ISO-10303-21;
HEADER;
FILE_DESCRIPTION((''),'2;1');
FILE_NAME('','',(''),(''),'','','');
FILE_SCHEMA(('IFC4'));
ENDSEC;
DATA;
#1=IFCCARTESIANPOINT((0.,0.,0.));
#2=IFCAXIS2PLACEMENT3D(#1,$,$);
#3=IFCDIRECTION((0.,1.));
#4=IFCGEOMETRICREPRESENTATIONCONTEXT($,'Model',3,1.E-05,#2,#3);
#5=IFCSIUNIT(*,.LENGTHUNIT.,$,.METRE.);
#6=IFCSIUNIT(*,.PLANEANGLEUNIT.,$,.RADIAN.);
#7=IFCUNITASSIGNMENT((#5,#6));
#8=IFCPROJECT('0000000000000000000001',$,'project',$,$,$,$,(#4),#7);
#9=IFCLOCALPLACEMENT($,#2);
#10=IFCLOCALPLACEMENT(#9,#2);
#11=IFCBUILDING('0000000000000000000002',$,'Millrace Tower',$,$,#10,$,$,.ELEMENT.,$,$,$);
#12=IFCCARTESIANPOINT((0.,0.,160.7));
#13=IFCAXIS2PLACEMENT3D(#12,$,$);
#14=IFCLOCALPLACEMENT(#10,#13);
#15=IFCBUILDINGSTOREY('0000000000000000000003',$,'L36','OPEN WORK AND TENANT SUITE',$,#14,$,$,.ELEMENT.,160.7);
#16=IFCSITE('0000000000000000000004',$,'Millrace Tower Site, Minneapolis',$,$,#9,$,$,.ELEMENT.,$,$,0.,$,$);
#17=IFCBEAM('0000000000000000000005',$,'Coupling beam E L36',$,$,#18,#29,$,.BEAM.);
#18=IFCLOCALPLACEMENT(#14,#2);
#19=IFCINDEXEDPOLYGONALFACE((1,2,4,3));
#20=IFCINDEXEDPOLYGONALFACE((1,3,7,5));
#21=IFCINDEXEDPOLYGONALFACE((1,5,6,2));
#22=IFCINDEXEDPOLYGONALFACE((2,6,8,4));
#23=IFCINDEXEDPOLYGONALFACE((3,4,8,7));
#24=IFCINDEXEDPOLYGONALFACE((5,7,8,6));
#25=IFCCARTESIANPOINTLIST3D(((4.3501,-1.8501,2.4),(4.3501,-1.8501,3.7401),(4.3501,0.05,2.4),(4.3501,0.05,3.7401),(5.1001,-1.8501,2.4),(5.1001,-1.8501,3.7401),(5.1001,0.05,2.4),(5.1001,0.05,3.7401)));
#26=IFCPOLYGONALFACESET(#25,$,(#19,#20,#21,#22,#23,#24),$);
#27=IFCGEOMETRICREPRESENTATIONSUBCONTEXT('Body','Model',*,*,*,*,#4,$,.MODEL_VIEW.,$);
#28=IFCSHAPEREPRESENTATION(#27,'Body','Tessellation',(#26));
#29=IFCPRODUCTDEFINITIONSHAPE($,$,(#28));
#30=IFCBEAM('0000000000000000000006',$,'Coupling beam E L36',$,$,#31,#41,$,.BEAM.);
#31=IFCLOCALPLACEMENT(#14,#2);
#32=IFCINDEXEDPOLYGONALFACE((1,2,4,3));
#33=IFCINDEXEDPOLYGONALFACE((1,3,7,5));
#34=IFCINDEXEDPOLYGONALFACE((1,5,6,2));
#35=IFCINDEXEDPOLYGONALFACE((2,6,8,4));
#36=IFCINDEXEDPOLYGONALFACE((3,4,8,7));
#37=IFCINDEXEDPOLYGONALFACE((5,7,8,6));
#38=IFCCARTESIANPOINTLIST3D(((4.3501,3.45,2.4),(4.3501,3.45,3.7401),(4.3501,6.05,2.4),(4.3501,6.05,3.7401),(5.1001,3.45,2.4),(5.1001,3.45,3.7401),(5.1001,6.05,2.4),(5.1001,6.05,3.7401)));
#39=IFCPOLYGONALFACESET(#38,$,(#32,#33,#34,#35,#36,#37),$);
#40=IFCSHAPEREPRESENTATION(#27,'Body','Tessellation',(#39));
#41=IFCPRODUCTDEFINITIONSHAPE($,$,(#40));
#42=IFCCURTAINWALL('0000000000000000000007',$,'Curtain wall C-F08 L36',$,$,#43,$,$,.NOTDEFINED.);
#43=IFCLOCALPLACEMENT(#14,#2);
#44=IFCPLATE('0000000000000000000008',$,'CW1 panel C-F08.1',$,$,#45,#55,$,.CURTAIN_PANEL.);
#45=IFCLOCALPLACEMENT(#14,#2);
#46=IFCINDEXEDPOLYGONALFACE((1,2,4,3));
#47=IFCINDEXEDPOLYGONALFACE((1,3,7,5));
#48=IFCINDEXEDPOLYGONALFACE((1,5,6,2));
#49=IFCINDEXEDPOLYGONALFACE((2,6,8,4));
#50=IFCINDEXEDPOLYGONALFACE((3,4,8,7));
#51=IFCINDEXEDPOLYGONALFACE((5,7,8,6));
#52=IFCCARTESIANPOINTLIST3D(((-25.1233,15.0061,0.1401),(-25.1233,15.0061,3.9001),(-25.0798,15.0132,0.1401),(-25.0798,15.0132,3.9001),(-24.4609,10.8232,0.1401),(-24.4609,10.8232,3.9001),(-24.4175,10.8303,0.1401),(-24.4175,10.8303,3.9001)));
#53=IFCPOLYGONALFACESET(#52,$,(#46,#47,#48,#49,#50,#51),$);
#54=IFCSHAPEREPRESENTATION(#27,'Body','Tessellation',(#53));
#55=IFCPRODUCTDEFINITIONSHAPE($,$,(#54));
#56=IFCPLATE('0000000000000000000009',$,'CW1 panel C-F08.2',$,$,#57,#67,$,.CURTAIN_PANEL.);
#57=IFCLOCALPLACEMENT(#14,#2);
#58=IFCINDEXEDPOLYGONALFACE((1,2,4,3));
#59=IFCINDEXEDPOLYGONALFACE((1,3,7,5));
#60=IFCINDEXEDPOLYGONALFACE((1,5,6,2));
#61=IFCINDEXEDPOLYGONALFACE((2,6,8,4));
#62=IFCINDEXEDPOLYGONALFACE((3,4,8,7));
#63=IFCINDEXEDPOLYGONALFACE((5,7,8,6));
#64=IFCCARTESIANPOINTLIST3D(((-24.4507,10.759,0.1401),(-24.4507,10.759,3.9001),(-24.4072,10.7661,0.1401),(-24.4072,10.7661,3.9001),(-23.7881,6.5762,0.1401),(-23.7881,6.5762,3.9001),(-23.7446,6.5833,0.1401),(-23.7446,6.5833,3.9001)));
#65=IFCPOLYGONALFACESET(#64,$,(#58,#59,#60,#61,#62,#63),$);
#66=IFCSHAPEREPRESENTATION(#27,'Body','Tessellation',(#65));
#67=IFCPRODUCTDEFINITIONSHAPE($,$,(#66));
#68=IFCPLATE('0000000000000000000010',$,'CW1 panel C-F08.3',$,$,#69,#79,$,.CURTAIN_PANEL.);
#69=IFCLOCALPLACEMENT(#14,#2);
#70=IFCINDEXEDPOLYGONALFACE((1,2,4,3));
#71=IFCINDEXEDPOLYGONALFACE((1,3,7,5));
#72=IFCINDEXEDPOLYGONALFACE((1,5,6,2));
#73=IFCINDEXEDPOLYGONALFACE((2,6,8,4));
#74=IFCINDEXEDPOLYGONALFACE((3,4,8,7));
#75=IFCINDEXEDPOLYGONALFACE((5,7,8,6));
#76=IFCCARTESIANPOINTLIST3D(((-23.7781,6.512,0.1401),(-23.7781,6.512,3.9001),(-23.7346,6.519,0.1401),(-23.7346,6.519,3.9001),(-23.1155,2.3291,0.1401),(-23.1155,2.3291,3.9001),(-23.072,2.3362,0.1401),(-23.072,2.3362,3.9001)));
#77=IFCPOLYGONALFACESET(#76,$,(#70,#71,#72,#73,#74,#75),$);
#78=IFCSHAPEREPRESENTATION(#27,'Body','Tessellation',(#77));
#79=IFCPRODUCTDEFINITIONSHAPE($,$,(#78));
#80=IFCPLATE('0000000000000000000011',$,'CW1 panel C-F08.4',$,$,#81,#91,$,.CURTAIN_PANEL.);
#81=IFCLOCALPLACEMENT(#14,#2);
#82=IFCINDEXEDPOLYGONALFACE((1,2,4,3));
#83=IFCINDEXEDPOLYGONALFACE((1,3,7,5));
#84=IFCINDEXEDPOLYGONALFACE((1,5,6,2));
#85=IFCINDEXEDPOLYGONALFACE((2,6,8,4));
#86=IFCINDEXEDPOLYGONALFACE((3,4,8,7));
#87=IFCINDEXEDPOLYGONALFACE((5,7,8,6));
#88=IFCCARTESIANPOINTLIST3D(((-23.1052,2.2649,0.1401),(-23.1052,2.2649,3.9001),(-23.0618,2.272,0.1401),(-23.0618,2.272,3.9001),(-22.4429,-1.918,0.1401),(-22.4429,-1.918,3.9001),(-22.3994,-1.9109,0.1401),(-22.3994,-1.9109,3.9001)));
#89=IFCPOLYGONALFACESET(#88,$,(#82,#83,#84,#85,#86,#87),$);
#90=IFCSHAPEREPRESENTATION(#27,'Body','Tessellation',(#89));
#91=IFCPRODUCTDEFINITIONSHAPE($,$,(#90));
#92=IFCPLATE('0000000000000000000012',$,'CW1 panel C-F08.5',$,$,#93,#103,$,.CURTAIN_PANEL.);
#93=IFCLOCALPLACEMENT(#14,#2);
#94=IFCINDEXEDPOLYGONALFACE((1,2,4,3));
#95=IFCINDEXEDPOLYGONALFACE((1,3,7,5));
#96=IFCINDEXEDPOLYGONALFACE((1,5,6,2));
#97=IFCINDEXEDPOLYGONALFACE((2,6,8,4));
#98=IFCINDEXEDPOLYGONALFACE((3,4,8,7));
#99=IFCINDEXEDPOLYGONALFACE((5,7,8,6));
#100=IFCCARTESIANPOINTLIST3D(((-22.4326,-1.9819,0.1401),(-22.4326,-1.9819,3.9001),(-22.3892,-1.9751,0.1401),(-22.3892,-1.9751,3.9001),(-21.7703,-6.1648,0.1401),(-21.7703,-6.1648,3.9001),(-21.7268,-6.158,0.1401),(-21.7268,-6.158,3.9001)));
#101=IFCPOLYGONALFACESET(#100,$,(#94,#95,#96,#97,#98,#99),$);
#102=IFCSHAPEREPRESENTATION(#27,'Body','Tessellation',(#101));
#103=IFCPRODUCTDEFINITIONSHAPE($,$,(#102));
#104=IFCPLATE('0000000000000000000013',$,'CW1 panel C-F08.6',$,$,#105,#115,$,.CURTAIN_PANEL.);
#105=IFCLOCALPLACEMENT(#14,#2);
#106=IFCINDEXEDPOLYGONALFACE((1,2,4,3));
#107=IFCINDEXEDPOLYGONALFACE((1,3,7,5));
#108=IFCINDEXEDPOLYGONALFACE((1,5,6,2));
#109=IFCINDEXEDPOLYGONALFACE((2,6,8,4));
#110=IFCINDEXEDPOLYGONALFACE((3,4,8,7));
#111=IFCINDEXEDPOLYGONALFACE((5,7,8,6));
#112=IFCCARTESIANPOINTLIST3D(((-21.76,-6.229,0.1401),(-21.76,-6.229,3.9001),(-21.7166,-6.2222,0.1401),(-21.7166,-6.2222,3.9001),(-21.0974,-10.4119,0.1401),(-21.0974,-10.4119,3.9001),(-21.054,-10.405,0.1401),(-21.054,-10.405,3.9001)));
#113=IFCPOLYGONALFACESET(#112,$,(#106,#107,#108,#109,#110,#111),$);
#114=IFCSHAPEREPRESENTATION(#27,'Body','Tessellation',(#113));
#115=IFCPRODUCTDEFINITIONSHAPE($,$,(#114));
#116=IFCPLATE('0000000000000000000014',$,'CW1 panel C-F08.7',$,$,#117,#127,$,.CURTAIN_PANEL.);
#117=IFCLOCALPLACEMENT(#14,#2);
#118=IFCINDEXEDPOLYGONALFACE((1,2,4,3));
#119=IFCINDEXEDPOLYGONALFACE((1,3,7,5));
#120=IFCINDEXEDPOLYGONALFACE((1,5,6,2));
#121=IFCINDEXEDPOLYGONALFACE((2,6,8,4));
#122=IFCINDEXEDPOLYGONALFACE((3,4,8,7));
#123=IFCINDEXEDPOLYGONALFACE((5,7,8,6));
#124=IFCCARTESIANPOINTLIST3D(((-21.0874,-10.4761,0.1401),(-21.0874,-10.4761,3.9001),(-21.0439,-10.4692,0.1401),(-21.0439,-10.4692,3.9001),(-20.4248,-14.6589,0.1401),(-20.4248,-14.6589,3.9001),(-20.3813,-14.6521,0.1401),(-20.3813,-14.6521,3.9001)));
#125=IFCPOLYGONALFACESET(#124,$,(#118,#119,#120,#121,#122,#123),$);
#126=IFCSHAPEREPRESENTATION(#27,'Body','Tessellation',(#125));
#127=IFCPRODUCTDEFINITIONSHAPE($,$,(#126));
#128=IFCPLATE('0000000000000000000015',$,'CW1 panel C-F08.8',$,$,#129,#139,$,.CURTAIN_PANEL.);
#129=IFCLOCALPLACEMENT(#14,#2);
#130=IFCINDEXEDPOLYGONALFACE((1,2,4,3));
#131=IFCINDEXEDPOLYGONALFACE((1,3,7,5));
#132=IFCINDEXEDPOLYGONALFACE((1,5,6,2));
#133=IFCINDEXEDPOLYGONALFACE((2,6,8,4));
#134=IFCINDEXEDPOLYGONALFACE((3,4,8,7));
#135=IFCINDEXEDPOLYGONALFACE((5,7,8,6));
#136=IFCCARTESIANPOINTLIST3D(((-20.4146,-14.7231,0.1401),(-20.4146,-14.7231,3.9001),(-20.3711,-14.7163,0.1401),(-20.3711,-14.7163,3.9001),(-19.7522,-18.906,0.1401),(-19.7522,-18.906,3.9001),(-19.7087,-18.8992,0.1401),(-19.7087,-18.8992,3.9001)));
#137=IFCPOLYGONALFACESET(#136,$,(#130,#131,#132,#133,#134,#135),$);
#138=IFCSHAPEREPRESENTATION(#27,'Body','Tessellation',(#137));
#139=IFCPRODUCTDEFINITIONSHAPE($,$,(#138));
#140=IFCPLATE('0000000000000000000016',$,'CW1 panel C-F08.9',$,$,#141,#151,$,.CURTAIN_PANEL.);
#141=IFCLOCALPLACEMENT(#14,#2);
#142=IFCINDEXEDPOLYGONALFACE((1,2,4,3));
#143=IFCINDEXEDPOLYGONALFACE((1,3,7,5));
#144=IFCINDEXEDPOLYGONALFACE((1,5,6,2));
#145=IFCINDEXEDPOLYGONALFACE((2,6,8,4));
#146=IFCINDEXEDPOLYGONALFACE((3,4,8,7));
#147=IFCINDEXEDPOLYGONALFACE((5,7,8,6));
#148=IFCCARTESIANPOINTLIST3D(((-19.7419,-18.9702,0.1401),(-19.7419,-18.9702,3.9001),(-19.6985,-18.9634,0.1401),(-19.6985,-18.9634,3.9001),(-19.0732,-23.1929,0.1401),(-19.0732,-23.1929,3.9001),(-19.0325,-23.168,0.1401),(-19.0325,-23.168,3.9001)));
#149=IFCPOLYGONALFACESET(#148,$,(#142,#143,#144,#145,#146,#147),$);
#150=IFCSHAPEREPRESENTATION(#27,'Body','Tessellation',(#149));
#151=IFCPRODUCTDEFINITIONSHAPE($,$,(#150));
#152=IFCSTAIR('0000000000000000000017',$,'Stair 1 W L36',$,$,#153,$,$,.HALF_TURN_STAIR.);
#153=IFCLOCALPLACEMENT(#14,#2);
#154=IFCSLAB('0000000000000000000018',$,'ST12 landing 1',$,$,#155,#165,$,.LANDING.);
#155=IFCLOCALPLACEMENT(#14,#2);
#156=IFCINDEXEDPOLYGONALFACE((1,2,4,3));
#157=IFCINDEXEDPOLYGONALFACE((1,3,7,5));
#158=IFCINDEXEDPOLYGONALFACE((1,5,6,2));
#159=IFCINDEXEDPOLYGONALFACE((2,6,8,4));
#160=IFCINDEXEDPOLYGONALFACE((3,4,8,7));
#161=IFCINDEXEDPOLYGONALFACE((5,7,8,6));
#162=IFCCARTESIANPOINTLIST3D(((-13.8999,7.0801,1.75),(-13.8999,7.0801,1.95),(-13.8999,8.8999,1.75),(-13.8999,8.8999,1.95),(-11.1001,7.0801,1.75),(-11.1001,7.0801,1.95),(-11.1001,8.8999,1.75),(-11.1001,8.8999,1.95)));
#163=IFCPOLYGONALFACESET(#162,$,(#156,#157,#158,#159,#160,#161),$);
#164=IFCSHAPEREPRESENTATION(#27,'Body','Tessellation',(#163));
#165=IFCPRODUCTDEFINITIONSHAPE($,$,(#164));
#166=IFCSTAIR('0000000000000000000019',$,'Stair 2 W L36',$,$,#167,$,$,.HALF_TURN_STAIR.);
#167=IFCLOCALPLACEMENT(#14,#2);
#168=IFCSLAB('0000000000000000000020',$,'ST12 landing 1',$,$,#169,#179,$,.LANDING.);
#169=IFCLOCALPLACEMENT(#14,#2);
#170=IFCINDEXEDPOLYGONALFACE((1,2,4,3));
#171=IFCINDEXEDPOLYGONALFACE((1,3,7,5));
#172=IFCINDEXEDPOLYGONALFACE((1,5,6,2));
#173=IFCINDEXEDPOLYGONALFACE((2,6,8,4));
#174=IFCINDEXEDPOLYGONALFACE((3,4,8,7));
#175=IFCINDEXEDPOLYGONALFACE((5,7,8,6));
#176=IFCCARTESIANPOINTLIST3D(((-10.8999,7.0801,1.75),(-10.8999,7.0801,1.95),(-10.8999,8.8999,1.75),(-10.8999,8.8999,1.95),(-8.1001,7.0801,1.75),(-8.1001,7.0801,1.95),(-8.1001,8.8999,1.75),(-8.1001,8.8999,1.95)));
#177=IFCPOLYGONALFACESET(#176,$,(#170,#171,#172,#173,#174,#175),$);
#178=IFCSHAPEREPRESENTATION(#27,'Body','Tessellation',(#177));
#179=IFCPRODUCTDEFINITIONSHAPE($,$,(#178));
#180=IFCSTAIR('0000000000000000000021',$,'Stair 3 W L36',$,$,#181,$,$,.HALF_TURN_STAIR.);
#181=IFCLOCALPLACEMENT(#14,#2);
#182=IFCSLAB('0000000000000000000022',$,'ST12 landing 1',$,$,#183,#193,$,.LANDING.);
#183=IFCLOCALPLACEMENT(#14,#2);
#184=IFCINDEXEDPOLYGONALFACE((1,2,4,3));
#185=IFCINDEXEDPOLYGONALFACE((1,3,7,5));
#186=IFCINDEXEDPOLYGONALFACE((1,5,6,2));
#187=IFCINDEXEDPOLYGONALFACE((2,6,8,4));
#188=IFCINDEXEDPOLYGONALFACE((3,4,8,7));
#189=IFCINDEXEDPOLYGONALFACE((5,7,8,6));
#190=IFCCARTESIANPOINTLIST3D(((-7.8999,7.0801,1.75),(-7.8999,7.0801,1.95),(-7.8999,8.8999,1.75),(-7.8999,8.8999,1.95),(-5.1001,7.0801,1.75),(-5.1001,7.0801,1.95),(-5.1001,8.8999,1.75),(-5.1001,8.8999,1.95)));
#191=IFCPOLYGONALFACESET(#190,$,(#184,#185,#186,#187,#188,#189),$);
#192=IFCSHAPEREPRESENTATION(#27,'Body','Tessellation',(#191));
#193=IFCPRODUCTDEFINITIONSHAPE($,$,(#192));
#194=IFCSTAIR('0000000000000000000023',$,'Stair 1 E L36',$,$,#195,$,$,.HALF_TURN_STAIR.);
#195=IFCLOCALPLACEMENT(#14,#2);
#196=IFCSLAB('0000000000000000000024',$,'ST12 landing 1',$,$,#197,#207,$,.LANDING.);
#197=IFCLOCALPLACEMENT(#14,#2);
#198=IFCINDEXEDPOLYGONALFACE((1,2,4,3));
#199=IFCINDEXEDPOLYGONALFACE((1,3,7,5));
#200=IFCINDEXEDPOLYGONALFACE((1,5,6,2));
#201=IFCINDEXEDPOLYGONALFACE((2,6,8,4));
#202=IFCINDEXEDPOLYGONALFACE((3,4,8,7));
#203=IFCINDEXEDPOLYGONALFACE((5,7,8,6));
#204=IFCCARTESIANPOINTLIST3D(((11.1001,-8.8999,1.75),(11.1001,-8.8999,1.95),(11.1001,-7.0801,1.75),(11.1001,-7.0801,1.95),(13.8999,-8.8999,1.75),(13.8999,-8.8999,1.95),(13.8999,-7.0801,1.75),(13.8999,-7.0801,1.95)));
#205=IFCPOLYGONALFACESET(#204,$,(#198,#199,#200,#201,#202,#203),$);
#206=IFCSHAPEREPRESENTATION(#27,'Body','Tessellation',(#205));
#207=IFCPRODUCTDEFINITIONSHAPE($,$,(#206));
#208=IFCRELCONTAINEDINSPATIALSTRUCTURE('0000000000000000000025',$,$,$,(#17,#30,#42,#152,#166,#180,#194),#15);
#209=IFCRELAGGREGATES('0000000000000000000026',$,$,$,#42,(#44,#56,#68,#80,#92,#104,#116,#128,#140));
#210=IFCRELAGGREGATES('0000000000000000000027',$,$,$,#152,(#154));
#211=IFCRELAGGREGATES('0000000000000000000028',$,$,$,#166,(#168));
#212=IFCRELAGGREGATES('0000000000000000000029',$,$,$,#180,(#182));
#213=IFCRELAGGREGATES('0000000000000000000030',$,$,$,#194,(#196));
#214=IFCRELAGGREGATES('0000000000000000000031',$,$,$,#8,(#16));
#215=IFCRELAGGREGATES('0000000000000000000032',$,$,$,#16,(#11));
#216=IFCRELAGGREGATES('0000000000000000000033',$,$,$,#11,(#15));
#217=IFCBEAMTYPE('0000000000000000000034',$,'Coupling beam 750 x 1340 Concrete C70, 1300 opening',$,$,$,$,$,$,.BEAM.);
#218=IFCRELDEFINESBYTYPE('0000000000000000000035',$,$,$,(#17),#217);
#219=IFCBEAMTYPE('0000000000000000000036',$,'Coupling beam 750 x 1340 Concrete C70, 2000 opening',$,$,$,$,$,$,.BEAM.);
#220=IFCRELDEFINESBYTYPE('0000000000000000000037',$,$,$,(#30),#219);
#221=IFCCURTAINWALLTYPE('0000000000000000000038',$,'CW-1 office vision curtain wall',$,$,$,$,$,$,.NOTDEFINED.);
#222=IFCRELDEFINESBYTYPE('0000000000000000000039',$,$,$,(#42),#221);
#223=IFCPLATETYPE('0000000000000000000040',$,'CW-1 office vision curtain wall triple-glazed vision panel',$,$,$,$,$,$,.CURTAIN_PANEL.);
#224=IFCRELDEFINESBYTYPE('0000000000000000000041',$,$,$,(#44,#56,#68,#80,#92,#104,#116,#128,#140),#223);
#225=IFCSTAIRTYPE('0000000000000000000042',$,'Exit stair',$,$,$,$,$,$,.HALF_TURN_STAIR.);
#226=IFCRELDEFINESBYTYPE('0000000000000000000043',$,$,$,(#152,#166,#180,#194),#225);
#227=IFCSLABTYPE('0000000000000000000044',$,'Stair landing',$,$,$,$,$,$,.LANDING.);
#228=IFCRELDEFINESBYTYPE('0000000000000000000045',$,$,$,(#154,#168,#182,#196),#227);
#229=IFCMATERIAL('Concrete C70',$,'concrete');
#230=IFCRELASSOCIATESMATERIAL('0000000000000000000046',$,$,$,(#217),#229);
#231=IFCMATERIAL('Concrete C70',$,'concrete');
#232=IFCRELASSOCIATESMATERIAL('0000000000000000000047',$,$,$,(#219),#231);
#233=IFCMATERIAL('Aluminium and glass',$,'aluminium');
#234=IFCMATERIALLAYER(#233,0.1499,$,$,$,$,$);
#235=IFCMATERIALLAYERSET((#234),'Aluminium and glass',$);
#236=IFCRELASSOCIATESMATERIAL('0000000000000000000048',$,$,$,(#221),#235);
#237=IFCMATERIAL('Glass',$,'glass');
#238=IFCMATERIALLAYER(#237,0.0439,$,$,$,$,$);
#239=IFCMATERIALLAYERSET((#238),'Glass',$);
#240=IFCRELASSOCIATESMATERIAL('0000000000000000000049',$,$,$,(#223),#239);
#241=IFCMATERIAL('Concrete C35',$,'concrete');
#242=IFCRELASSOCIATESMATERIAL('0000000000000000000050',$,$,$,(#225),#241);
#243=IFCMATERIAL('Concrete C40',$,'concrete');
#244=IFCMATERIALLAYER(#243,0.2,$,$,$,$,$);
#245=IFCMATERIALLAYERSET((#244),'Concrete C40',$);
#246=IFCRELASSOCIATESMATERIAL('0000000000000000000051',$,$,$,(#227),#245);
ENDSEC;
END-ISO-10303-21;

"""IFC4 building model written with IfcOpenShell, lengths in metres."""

from ifc_helpers import new_model, si_unit, direction, frame, origin, origin_2d, place, context, subcontext, project, spatial, polyline, rectangle, outline, extrude, material, layer, layer_set, material_profile, profile_set, type_object, element, aggregate, save


model = new_model("IFC4")

# Units and contexts
model_context = context("Model", 3, precision=1e-05, world=origin(), true_north=direction((0.0, 1.0)))
body_context = subcontext(model_context, "Body", "Model", "MODEL_VIEW")
ifc_project = project(units=[si_unit("LENGTHUNIT", "METRE"), si_unit("PLANEANGLEUNIT", "RADIAN")], contexts=[model_context])

# Site, building, storey
site_placement = place(None, origin())
site = spatial("IfcSite", under=ifc_project, at=site_placement, Name="Millrace Tower Site, Minneapolis", CompositionType="ELEMENT", RefElevation=0.0)
building_placement = place(site_placement, origin())
building = spatial("IfcBuilding", under=site, at=building_placement, Name="Millrace Tower", CompositionType="ELEMENT")
storey_placement = place(building_placement, frame((0.0, 0.0, 160.7)))
storey = spatial("IfcBuildingStorey", under=building, at=storey_placement, Name="L36", Description="OPEN WORK AND TENANT SUITE", CompositionType="ELEMENT", Elevation=160.7)

# Beams
ifc_material_1 = material(Name="Concrete C70", Category="concrete")
ifc_material_profile_1 = material_profile(ifc_material_1, rectangle(XDim=0.75, YDim=1.3401, at=origin_2d()))
ifc_profile_set_1 = profile_set([ifc_material_profile_1], Name="Concrete C70")
beam_type_1 = type_object("IfcBeamType", Name="Coupling beam 750 x 1340 Concrete C70, 1300 opening", PredefinedType="BEAM", material=ifc_profile_set_1)
beam_1_placement = place(storey_placement, frame((4.7251, 0.05, 3.0701), z_axis=(0.0, -1.0, 0.0), x_axis=(1.0, 0.0, 0.0)))
element("IfcBeam", 1, at=beam_1_placement, inside=storey, type_object=beam_type_1, Name="Coupling beam E L36", PredefinedType="BEAM", context=body_context, shape_type="SweptSolid", body=[
    extrude(rectangle(XDim=0.75, YDim=1.3401, at=origin_2d()), origin(), (0.0, 0.0, 1.0), 1.9001),
])
ifc_material_2 = material(Name="Concrete C70", Category="concrete")
ifc_material_profile_2 = material_profile(ifc_material_2, rectangle(XDim=0.75, YDim=1.3401, at=origin_2d()))
ifc_profile_set_2 = profile_set([ifc_material_profile_2], Name="Concrete C70")
beam_type_2 = type_object("IfcBeamType", Name="Coupling beam 750 x 1340 Concrete C70, 2000 opening", PredefinedType="BEAM", material=ifc_profile_set_2)
beam_2_placement = place(storey_placement, frame((4.7251, 6.05, 3.0701), z_axis=(0.0, -1.0, 0.0), x_axis=(1.0, 0.0, 0.0)))
element("IfcBeam", 2, at=beam_2_placement, inside=storey, type_object=beam_type_2, Name="Coupling beam E L36", PredefinedType="BEAM", context=body_context, shape_type="SweptSolid", body=[
    extrude(rectangle(XDim=0.75, YDim=1.3401, at=origin_2d()), origin(), (0.0, 0.0, 1.0), 2.6001),
])

# Curtain wall, plates
ifc_material_3 = material(Name="Aluminium and glass", Category="aluminium")
ifc_layer_1 = layer(ifc_material_3, 0.1499)
ifc_layer_set_1 = layer_set([ifc_layer_1], Name="Aluminium and glass")
curtain_wall_type = type_object("IfcCurtainWallType", Name="CW-1 office vision curtain wall", PredefinedType="NOTDEFINED", material=ifc_layer_set_1)
placement_1 = place(storey_placement, origin())
curtain_wall = element("IfcCurtainWall", 3, at=placement_1, inside=storey, type_object=curtain_wall_type, Name="Curtain wall C-F08 L36", PredefinedType="NOTDEFINED")
ifc_material_4 = material(Name="Glass", Category="glass")
ifc_layer_2 = layer(ifc_material_4, 0.0439)
ifc_layer_set_2 = layer_set([ifc_layer_2], Name="Glass")
plate_type = type_object("IfcPlateType", Name="CW-1 office vision curtain wall triple-glazed vision panel", PredefinedType="CURTAIN_PANEL", material=ifc_layer_set_2)
placement_2 = place(storey_placement, frame((0.0, 0.0, 0.1401)))
plate_1 = element("IfcPlate", 4, at=placement_2, type_object=plate_type, Name="CW1 panel C-F08.1", PredefinedType="CURTAIN_PANEL", context=body_context, shape_type="SweptSolid", body=[
    extrude(outline(polyline([(-25.1233, 15.0061), (-24.4609, 10.8232), (-24.4175, 10.8303), (-25.0798, 15.0132), (-25.1233, 15.0061)])), origin(), (0.0, 0.0, 1.0), 3.76),
])
plate_2 = element("IfcPlate", 5, at=placement_2, type_object=plate_type, Name="CW1 panel C-F08.2", PredefinedType="CURTAIN_PANEL", context=body_context, shape_type="SweptSolid", body=[
    extrude(outline(polyline([(-24.4507, 10.759), (-23.7881, 6.5762), (-23.7446, 6.5833), (-24.4072, 10.7661), (-24.4507, 10.759)])), origin(), (0.0, 0.0, 1.0), 3.76),
])
plate_3 = element("IfcPlate", 6, at=placement_2, type_object=plate_type, Name="CW1 panel C-F08.3", PredefinedType="CURTAIN_PANEL", context=body_context, shape_type="SweptSolid", body=[
    extrude(outline(polyline([(-23.7781, 6.512), (-23.1155, 2.3291), (-23.072, 2.3362), (-23.7346, 6.519), (-23.7781, 6.512)])), origin(), (0.0, 0.0, 1.0), 3.76),
])
plate_4 = element("IfcPlate", 7, at=placement_2, type_object=plate_type, Name="CW1 panel C-F08.4", PredefinedType="CURTAIN_PANEL", context=body_context, shape_type="SweptSolid", body=[
    extrude(outline(polyline([(-23.1052, 2.2649), (-22.4429, -1.918), (-22.3994, -1.9109), (-23.0618, 2.272), (-23.1052, 2.2649)])), origin(), (0.0, 0.0, 1.0), 3.76),
])
plate_5 = element("IfcPlate", 8, at=placement_2, type_object=plate_type, Name="CW1 panel C-F08.5", PredefinedType="CURTAIN_PANEL", context=body_context, shape_type="SweptSolid", body=[
    extrude(outline(polyline([(-22.4326, -1.9819), (-21.7703, -6.1648), (-21.7268, -6.158), (-22.3892, -1.9751), (-22.4326, -1.9819)])), origin(), (0.0, 0.0, 1.0), 3.76),
])
plate_6 = element("IfcPlate", 9, at=placement_2, type_object=plate_type, Name="CW1 panel C-F08.6", PredefinedType="CURTAIN_PANEL", context=body_context, shape_type="SweptSolid", body=[
    extrude(outline(polyline([(-21.76, -6.229), (-21.0974, -10.4119), (-21.054, -10.405), (-21.7166, -6.2222), (-21.76, -6.229)])), origin(), (0.0, 0.0, 1.0), 3.76),
])
plate_7 = element("IfcPlate", 10, at=placement_2, type_object=plate_type, Name="CW1 panel C-F08.7", PredefinedType="CURTAIN_PANEL", context=body_context, shape_type="SweptSolid", body=[
    extrude(outline(polyline([(-21.0874, -10.4761), (-20.4248, -14.6589), (-20.3813, -14.6521), (-21.0439, -10.4692), (-21.0874, -10.4761)])), origin(), (0.0, 0.0, 1.0), 3.76),
])
plate_8 = element("IfcPlate", 11, at=placement_2, type_object=plate_type, Name="CW1 panel C-F08.8", PredefinedType="CURTAIN_PANEL", context=body_context, shape_type="SweptSolid", body=[
    extrude(outline(polyline([(-20.4146, -14.7231), (-19.7522, -18.906), (-19.7087, -18.8992), (-20.3711, -14.7163), (-20.4146, -14.7231)])), origin(), (0.0, 0.0, 1.0), 3.76),
])
plate_9 = element("IfcPlate", 12, at=placement_2, type_object=plate_type, Name="CW1 panel C-F08.9", PredefinedType="CURTAIN_PANEL", context=body_context, shape_type="SweptSolid", body=[
    extrude(outline(polyline([(-19.7419, -18.9702), (-19.0732, -23.1929), (-19.0325, -23.168), (-19.6985, -18.9634), (-19.7419, -18.9702)])), origin(), (0.0, 0.0, 1.0), 3.76),
])
aggregate(curtain_wall, [plate_1, plate_2, plate_3, plate_4, plate_5, plate_6, plate_7, plate_8, plate_9])

# Stairs, slabs
ifc_material_5 = material(Name="Concrete C35", Category="concrete")
stair_type = type_object("IfcStairType", Name="Exit stair", PredefinedType="HALF_TURN_STAIR", material=ifc_material_5)
stair_1 = element("IfcStair", 13, at=placement_1, inside=storey, type_object=stair_type, Name="Stair 1 W L36", PredefinedType="HALF_TURN_STAIR")
ifc_material_6 = material(Name="Concrete C40", Category="concrete")
ifc_layer_3 = layer(ifc_material_6, 0.2)
ifc_layer_set_3 = layer_set([ifc_layer_3], Name="Concrete C40")
slab_type = type_object("IfcSlabType", Name="Stair landing", PredefinedType="LANDING", material=ifc_layer_set_3)
placement_3 = place(storey_placement, frame((0.0, 0.0, 1.75)))
slab_1 = element("IfcSlab", 14, at=placement_3, type_object=slab_type, Name="ST12 landing 1", PredefinedType="LANDING", context=body_context, shape_type="SweptSolid", body=[
    extrude(outline(polyline([(-13.8999, 7.0801), (-11.1001, 7.0801), (-11.1001, 8.8999), (-13.8999, 8.8999), (-13.8999, 7.0801)])), origin(), (0.0, 0.0, 1.0), 0.2),
])
aggregate(stair_1, [slab_1])
stair_2 = element("IfcStair", 15, at=placement_1, inside=storey, type_object=stair_type, Name="Stair 2 W L36", PredefinedType="HALF_TURN_STAIR")
slab_2 = element("IfcSlab", 16, at=placement_3, type_object=slab_type, Name="ST12 landing 1", PredefinedType="LANDING", context=body_context, shape_type="SweptSolid", body=[
    extrude(outline(polyline([(-10.8999, 7.0801), (-8.1001, 7.0801), (-8.1001, 8.8999), (-10.8999, 8.8999), (-10.8999, 7.0801)])), origin(), (0.0, 0.0, 1.0), 0.2),
])
aggregate(stair_2, [slab_2])
stair_3 = element("IfcStair", 17, at=placement_1, inside=storey, type_object=stair_type, Name="Stair 3 W L36", PredefinedType="HALF_TURN_STAIR")
slab_3 = element("IfcSlab", 18, at=placement_3, type_object=slab_type, Name="ST12 landing 1", PredefinedType="LANDING", context=body_context, shape_type="SweptSolid", body=[
    extrude(outline(polyline([(-7.8999, 7.0801), (-5.1001, 7.0801), (-5.1001, 8.8999), (-7.8999, 8.8999), (-7.8999, 7.0801)])), origin(), (0.0, 0.0, 1.0), 0.2),
])
aggregate(stair_3, [slab_3])
stair_4 = element("IfcStair", 19, at=placement_1, inside=storey, type_object=stair_type, Name="Stair 1 E L36", PredefinedType="HALF_TURN_STAIR")
slab_4 = element("IfcSlab", 20, at=placement_3, type_object=slab_type, Name="ST12 landing 1", PredefinedType="LANDING", context=body_context, shape_type="SweptSolid", body=[
    extrude(outline(polyline([(11.1001, -8.8999), (13.8999, -8.8999), (13.8999, -7.0801), (11.1001, -7.0801), (11.1001, -8.8999)])), origin(), (0.0, 0.0, 1.0), 0.2),
])
aggregate(stair_4, [slab_4])

save(model, "model.ifc")
